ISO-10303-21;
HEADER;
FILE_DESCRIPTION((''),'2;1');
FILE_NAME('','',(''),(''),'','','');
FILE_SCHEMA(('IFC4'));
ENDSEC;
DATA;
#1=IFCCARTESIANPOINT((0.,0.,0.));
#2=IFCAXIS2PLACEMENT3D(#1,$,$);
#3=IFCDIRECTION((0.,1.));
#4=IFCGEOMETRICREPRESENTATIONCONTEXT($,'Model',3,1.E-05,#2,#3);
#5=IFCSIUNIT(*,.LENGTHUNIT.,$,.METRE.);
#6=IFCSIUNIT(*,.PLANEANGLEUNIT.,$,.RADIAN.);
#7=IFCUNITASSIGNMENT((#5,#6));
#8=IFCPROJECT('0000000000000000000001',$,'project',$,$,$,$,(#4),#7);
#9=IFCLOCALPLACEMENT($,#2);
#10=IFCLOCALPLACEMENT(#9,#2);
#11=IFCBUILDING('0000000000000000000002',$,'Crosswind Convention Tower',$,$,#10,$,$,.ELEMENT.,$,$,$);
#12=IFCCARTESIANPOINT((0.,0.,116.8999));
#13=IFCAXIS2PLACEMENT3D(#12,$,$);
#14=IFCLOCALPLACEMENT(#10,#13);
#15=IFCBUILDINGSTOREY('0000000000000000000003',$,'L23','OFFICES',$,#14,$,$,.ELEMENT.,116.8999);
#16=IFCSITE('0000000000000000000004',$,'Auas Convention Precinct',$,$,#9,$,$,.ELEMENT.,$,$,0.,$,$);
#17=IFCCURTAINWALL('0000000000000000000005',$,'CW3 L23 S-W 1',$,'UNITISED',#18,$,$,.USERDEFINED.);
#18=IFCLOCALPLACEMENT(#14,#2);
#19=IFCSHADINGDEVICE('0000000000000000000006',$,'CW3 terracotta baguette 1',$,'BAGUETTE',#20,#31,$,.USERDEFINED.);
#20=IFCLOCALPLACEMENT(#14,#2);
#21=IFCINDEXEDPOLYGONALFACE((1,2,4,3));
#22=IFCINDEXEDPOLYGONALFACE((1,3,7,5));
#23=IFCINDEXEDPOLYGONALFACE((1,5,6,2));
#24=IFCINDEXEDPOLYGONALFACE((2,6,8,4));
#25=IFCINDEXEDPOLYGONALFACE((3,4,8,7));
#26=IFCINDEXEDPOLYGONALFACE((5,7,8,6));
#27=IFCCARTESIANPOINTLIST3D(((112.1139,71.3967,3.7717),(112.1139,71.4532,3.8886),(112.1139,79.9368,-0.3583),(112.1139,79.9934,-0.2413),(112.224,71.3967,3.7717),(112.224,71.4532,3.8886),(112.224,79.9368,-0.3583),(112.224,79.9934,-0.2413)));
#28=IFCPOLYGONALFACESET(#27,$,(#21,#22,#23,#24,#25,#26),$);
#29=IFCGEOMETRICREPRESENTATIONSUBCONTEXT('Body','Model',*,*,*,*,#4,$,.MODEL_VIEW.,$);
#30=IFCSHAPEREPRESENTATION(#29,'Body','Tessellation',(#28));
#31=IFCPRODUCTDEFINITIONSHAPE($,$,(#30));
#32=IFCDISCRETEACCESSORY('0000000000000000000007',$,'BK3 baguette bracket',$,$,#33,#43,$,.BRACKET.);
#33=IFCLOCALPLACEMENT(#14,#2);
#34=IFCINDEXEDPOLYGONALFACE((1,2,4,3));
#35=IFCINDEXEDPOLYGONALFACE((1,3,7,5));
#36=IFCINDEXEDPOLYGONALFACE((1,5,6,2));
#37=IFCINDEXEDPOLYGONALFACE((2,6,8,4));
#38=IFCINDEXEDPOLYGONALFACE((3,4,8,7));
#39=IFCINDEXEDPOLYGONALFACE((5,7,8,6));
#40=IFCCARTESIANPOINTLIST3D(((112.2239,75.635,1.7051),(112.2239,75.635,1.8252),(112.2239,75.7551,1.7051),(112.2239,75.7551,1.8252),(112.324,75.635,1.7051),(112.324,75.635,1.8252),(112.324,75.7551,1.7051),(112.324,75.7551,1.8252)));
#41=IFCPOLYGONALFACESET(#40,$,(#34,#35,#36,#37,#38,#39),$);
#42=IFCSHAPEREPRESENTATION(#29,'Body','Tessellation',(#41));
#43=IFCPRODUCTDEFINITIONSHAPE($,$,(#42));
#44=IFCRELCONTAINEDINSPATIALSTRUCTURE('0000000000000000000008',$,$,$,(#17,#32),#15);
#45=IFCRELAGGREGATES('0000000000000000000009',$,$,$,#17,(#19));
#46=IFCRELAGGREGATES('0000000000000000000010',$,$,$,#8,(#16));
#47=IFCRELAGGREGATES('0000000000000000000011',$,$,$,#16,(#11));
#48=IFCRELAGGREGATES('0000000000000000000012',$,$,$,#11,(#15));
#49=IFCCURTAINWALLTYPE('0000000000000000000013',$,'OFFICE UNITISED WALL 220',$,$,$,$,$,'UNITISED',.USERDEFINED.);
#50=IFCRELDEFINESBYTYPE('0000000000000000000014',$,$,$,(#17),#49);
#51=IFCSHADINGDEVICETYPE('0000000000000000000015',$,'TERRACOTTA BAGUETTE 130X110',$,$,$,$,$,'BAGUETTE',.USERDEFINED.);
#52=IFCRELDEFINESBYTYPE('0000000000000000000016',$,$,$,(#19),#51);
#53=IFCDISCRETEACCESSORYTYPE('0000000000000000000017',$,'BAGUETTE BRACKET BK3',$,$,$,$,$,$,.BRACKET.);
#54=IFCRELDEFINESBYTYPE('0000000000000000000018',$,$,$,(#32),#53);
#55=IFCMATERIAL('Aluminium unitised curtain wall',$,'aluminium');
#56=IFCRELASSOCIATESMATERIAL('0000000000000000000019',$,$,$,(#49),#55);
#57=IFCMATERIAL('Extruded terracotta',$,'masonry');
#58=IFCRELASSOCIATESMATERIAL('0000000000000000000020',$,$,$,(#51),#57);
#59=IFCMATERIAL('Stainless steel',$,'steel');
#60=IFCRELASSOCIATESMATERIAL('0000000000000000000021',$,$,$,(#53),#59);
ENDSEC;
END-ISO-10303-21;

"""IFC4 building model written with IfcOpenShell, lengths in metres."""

from ifc_helpers import new_model, si_unit, direction, frame, origin, origin_2d, place, context, subcontext, project, spatial, rectangle, extrude, material, material_profile, profile_set, type_object, element, aggregate, save


model = new_model("IFC4")

# Units and contexts
model_context = context("Model", 3, precision=1e-05, world=origin(), true_north=direction((0.0, 1.0)))
body_context = subcontext(model_context, "Body", "Model", "MODEL_VIEW")
ifc_project = project(units=[si_unit("LENGTHUNIT", "METRE"), si_unit("PLANEANGLEUNIT", "RADIAN")], contexts=[model_context])

# Site, building, storey
site_placement = place(None, origin())
site = spatial("IfcSite", under=ifc_project, at=site_placement, Name="Auas Convention Precinct", CompositionType="ELEMENT", RefElevation=0.0)
building_placement = place(site_placement, origin())
building = spatial("IfcBuilding", under=site, at=building_placement, Name="Crosswind Convention Tower", CompositionType="ELEMENT")
storey_placement = place(building_placement, frame((0.0, 0.0, 116.8999)))
storey = spatial("IfcBuildingStorey", under=building, at=storey_placement, Name="L23", Description="OFFICES", CompositionType="ELEMENT", Elevation=116.8999)

# Shared definitions
ifc_material_1 = material(Name="Aluminium unitised curtain wall", Category="aluminium")

# Curtain wall
curtain_wall_type_1 = type_object("IfcCurtainWallType", Name="OFFICE UNITISED WALL 220", ElementType="UNITISED", PredefinedType="USERDEFINED", material=ifc_material_1)
curtain_wall_1_placement = place(storey_placement, origin())
curtain_wall_1 = element("IfcCurtainWall", 1, at=curtain_wall_1_placement, inside=storey, type_object=curtain_wall_type_1, Name="CW3 L23 S-W 1", ObjectType="UNITISED", PredefinedType="USERDEFINED")

# Shared definitions
ifc_material_2 = material(Name="Stainless steel", Category="steel")

# Shading device
ifc_material_3 = material(Name="Extruded terracotta", Category="masonry")
ifc_material_profile_1 = material_profile(ifc_material_3, rectangle(XDim=0.1101, YDim=0.1299, at=origin_2d()), Name="TC 110X130")
ifc_profile_set_1 = profile_set([ifc_material_profile_1], Name="Extruded terracotta")
shading_device_type = type_object("IfcShadingDeviceType", Name="TERRACOTTA BAGUETTE 130X110", ElementType="BAGUETTE", PredefinedType="USERDEFINED", material=ifc_profile_set_1)
shading_device_placement = place(storey_placement, frame((112.1689, 79.9651, -0.2998), z_axis=(0.0, -0.900258, 0.435356), x_axis=(1.0, 0.0, 0.0)))
shading_device = element("IfcShadingDevice", 2, at=shading_device_placement, type_object=shading_device_type, Name="CW3 terracotta baguette 1", ObjectType="BAGUETTE", PredefinedType="USERDEFINED", context=body_context, shape_type="SweptSolid", body=[
    extrude(rectangle(XDim=0.1101, YDim=0.1299, at=origin_2d()), origin(), (0.0, 0.0, 1.0), 9.4863),
])
aggregate(curtain_wall_1, [shading_device])

# Discrete accessory
discrete_accessory_type = type_object("IfcDiscreteAccessoryType", Name="BAGUETTE BRACKET BK3", PredefinedType="BRACKET", material=ifc_material_2)
discrete_accessory_placement = place(storey_placement, frame((112.2739, 75.6951, 1.7051), z_axis=(0.0, 0.0, 1.0), x_axis=(0.0, -1.0, 0.0)))
element("IfcDiscreteAccessory", 3, at=discrete_accessory_placement, inside=storey, type_object=discrete_accessory_type, Name="BK3 baguette bracket", PredefinedType="BRACKET", context=body_context, shape_type="SweptSolid", body=[
    extrude(rectangle(XDim=0.1201, YDim=0.1001, at=origin_2d()), origin(), (0.0, 0.0, 1.0), 0.1201),
])

save(model, "model.ifc")
